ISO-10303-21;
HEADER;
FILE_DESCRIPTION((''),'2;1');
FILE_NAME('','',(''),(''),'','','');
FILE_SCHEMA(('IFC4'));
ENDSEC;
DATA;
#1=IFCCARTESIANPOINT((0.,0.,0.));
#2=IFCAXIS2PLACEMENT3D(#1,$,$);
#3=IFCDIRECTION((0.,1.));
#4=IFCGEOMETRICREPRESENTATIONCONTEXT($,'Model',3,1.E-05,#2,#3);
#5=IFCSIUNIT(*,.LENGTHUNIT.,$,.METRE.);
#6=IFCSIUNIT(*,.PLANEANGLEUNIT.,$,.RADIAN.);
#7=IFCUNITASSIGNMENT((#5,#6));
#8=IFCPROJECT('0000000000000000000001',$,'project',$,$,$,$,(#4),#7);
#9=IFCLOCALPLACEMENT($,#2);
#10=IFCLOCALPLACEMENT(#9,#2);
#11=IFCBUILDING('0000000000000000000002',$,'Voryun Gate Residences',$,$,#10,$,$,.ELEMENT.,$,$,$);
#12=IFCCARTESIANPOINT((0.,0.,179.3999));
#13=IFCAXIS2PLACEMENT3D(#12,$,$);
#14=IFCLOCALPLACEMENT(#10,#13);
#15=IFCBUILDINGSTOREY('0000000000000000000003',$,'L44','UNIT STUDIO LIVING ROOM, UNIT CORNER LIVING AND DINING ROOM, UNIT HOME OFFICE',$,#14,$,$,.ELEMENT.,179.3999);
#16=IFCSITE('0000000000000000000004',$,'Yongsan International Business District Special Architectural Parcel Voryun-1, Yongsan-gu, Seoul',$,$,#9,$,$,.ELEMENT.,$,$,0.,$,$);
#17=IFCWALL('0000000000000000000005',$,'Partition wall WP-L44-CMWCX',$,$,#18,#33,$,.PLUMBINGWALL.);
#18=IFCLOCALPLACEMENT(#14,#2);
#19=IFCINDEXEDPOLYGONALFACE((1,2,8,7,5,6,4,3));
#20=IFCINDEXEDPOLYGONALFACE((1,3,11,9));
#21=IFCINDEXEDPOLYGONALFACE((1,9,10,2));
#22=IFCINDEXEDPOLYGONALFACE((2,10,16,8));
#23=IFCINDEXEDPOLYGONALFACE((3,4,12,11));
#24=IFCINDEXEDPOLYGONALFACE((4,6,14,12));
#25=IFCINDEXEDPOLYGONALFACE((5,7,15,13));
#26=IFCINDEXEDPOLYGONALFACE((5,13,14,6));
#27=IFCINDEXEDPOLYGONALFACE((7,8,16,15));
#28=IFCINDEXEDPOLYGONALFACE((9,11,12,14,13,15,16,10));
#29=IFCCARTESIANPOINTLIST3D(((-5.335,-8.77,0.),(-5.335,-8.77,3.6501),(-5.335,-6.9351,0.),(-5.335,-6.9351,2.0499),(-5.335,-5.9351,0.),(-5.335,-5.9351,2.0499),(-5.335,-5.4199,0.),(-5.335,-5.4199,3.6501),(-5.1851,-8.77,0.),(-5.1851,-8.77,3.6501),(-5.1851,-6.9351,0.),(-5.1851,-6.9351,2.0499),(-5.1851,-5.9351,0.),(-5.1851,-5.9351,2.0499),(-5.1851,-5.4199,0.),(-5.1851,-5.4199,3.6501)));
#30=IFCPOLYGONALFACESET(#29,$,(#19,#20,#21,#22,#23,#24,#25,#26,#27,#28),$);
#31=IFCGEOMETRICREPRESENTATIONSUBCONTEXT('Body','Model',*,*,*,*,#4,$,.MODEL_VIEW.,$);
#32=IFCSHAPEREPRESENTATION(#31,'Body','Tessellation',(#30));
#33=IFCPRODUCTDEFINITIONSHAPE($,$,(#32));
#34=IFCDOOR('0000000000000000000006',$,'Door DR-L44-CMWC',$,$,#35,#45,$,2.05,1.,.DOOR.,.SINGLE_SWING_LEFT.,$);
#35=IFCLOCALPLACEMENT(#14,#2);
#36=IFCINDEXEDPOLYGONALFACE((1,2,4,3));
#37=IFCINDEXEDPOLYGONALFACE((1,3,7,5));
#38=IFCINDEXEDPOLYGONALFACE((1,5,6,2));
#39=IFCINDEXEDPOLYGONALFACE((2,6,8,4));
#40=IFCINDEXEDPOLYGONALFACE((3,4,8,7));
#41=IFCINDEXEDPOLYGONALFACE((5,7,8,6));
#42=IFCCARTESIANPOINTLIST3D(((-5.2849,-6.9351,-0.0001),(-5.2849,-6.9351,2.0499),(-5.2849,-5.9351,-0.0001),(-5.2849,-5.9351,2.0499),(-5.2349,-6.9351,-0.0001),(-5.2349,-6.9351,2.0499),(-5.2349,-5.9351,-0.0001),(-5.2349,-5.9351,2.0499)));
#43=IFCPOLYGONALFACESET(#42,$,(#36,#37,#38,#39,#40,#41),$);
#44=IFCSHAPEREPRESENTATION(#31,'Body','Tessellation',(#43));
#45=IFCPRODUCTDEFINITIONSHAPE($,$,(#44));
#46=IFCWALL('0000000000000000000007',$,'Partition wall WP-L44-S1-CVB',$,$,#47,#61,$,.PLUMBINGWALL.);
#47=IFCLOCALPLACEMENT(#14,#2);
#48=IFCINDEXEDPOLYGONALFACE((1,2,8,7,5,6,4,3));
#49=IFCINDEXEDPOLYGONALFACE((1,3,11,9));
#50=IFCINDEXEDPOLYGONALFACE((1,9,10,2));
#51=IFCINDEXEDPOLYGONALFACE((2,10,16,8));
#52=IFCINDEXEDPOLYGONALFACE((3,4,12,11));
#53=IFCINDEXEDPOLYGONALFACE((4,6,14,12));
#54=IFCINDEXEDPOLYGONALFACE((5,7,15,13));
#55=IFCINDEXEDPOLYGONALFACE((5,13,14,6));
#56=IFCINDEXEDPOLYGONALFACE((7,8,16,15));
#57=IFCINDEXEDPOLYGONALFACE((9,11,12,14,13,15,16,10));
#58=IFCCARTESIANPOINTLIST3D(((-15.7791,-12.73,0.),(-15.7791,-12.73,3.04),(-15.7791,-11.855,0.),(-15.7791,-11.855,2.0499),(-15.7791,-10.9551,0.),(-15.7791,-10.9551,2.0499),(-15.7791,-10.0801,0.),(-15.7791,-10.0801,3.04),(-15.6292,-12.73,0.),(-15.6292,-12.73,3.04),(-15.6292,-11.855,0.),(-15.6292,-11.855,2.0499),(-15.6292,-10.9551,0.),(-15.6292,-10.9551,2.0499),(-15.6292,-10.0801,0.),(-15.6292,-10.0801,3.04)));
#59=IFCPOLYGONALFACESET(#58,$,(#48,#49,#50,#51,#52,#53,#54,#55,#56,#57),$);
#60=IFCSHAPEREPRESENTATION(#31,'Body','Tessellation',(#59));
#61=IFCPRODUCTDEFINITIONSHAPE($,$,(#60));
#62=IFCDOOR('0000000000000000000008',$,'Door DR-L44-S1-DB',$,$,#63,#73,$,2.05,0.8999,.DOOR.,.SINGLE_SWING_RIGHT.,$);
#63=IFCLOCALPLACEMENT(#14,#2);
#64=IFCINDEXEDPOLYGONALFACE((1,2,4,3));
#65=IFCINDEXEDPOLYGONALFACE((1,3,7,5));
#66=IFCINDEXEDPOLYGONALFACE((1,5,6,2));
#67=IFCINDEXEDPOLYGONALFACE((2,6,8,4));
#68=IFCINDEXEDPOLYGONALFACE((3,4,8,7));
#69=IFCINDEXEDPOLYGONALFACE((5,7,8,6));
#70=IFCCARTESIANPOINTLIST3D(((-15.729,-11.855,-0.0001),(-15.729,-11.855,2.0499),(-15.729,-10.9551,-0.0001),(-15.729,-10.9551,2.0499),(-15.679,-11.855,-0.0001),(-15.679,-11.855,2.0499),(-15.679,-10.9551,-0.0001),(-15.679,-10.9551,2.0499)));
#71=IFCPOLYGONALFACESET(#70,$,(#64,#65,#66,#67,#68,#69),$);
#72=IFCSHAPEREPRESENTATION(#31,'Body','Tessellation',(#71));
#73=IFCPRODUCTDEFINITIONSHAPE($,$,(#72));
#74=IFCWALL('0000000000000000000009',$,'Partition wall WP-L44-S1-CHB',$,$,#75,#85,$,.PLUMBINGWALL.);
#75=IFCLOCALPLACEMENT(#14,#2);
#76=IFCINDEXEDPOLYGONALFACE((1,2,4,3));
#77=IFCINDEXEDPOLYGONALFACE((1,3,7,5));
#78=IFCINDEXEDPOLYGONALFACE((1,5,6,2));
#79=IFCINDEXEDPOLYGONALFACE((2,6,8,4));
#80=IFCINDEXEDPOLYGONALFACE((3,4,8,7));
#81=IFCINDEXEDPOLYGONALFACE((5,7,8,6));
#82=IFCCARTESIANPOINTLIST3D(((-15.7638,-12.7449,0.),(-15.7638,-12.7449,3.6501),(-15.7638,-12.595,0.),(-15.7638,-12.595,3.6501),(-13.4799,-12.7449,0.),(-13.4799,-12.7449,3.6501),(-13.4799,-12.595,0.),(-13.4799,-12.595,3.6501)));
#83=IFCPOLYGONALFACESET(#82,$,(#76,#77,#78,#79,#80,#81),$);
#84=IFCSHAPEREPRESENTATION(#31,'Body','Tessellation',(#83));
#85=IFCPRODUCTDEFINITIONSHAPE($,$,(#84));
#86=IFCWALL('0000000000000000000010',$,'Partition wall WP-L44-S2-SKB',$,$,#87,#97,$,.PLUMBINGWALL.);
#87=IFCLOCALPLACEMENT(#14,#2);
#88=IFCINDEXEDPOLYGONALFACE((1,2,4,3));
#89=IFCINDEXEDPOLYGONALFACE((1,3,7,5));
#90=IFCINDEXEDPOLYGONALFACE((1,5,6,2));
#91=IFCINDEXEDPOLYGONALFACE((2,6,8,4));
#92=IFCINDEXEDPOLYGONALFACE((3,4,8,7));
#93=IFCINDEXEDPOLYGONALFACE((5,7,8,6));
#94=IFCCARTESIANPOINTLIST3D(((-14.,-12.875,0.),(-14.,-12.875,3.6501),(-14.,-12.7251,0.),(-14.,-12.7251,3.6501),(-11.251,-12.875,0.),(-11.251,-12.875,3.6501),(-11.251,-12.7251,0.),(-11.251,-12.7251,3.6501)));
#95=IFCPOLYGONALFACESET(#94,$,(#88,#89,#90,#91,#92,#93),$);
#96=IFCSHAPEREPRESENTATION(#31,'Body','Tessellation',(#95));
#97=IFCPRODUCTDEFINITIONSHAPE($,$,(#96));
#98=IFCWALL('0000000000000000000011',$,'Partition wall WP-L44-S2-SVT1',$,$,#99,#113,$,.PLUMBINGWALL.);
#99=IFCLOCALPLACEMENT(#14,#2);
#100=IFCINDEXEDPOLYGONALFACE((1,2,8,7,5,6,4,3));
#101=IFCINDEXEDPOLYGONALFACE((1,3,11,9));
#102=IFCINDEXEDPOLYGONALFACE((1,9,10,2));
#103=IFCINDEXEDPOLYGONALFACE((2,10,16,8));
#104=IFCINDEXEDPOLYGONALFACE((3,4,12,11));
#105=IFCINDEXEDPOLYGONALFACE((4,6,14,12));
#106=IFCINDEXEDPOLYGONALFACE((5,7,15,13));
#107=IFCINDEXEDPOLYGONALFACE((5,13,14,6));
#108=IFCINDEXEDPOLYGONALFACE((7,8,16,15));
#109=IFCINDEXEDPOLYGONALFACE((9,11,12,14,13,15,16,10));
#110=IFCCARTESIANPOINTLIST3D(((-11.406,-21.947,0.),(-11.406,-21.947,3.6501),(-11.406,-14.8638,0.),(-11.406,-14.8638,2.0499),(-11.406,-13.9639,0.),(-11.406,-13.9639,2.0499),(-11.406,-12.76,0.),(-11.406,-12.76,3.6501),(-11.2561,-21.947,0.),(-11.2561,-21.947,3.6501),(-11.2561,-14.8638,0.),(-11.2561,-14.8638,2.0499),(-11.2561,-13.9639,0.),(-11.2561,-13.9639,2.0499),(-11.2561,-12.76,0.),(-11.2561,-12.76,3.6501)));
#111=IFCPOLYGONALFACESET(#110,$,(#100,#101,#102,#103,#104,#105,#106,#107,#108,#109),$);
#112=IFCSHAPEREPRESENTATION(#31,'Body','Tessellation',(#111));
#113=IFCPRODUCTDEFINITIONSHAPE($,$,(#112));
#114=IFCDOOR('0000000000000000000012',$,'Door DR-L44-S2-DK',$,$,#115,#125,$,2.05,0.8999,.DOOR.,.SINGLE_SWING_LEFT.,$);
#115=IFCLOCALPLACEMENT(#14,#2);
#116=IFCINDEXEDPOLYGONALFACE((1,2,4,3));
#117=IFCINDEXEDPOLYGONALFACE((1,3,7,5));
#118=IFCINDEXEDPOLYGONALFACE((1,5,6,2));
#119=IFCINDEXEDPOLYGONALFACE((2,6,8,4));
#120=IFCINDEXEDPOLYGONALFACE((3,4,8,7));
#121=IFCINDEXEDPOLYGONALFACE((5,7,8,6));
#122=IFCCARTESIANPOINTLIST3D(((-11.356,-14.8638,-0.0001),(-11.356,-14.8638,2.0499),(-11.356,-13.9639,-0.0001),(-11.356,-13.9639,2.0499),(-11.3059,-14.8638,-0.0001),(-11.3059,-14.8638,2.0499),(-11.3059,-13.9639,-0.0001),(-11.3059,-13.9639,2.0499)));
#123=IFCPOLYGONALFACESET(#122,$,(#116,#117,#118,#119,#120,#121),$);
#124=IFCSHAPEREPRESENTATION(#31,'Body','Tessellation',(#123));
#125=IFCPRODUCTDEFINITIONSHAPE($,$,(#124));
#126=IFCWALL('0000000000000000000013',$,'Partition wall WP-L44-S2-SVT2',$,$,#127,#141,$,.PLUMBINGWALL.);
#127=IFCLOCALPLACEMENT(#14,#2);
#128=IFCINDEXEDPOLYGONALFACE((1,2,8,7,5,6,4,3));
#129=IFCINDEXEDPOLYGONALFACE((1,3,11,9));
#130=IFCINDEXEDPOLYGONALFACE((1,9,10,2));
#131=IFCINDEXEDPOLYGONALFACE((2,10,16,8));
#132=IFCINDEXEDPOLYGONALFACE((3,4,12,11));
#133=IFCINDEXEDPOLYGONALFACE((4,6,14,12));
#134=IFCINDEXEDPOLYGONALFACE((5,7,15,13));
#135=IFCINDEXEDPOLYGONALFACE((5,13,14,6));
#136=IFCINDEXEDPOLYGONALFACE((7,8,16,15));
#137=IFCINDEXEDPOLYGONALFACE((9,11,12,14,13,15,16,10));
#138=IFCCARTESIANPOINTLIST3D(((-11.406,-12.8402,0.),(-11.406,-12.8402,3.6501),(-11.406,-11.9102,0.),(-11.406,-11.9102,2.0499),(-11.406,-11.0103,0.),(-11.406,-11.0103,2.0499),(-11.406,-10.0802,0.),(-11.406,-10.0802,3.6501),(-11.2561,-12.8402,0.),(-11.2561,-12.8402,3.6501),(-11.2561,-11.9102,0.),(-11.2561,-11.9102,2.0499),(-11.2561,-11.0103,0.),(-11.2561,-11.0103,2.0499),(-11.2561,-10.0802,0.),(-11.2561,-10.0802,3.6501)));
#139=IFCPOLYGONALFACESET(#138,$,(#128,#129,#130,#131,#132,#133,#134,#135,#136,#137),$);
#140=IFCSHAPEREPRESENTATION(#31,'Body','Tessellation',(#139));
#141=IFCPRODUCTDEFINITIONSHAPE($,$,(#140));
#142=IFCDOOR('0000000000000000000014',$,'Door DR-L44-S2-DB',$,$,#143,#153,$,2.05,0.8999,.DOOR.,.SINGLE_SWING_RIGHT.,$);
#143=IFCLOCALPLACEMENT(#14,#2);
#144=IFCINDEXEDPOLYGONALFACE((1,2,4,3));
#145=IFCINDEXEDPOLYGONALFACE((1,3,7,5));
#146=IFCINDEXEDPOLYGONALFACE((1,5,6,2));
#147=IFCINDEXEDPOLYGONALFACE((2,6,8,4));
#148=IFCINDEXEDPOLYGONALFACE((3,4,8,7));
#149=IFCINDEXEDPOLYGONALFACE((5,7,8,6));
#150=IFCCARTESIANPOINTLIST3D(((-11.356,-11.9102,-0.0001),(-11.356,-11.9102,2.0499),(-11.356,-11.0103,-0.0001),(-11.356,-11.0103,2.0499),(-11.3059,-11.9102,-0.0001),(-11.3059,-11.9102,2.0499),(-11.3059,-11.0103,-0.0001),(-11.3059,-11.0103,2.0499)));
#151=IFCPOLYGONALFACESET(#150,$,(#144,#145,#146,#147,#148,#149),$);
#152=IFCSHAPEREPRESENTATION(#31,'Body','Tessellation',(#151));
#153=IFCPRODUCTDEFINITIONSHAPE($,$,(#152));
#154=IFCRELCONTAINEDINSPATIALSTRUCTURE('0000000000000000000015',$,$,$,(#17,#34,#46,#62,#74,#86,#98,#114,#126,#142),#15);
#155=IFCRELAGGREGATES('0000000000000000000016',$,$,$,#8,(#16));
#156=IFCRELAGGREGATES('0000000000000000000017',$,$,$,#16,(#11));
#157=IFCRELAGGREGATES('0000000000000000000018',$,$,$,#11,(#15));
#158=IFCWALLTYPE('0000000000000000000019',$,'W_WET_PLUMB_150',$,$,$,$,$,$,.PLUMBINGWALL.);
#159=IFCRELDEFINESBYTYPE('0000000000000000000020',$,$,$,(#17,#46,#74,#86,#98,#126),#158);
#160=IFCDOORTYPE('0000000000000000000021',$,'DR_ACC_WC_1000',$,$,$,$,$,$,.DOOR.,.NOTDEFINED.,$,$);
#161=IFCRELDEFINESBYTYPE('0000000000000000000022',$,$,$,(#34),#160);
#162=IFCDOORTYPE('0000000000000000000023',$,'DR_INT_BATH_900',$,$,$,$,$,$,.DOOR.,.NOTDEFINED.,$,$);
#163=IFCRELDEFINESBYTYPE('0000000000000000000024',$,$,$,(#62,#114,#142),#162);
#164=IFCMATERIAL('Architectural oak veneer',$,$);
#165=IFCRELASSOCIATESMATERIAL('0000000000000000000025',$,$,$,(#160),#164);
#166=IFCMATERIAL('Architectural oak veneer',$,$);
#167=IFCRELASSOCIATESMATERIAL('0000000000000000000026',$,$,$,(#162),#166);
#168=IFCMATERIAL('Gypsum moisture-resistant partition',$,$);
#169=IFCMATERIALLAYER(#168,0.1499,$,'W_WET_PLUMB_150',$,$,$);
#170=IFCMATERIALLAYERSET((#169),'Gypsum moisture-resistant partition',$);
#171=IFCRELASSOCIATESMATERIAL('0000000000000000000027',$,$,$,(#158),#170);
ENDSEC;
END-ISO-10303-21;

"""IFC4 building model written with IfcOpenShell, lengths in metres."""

from ifc_helpers import new_model, si_unit, direction, frame, frame_2d, origin, place, context, subcontext, project, spatial, rectangle, extrude, material, layer, layer_set, type_object, element, fill, save


model = new_model("IFC4")

# Units and contexts
model_context = context("Model", 3, precision=1e-05, world=origin(), true_north=direction((0.0, 1.0)))
body_context = subcontext(model_context, "Body", "Model", "MODEL_VIEW")
ifc_project = project(units=[si_unit("LENGTHUNIT", "METRE"), si_unit("PLANEANGLEUNIT", "RADIAN")], contexts=[model_context])

# Site, building, storey
site_placement = place(None, origin())
site = spatial("IfcSite", under=ifc_project, at=site_placement, Name="Yongsan International Business District Special Architectural Parcel Voryun-1, Yongsan-gu, Seoul", CompositionType="ELEMENT", RefElevation=0.0)
building_placement = place(site_placement, origin())
building = spatial("IfcBuilding", under=site, at=building_placement, Name="Voryun Gate Residences", CompositionType="ELEMENT")
storey_placement = place(building_placement, frame((0.0, 0.0, 179.3999)))
storey = spatial("IfcBuildingStorey", under=building, at=storey_placement, Name="L44", Description="UNIT STUDIO LIVING ROOM, UNIT CORNER LIVING AND DINING ROOM, UNIT HOME OFFICE", CompositionType="ELEMENT", Elevation=179.3999)

# Shared definitions
ifc_material_1 = material(Name="Architectural oak veneer")
door_type_1 = type_object("IfcDoorType", Name="DR_ACC_WC_1000", OperationType="NOTDEFINED", PredefinedType="DOOR", material=ifc_material_1)
ifc_material_2 = material(Name="Architectural oak veneer")
door_type_2 = type_object("IfcDoorType", Name="DR_INT_BATH_900", OperationType="NOTDEFINED", PredefinedType="DOOR", material=ifc_material_2)

# Walls, openings, doors
ifc_material_3 = material(Name="Gypsum moisture-resistant partition")
ifc_layer_1 = layer(ifc_material_3, 0.1499, Name="W_WET_PLUMB_150")
ifc_layer_set_1 = layer_set([ifc_layer_1], Name="Gypsum moisture-resistant partition")
wall_type_1 = type_object("IfcWallType", Name="W_WET_PLUMB_150", PredefinedType="PLUMBINGWALL", material=ifc_layer_set_1)
wall_1_placement = place(storey_placement, frame((-5.26, -8.77, 0.0), z_axis=(0.0, 0.0, 1.0), x_axis=(0.0, 1.0, 0.0)))
wall_1 = element("IfcWall", 1, at=wall_1_placement, inside=storey, type_object=wall_type_1, Name="Partition wall WP-L44-CMWCX", PredefinedType="PLUMBINGWALL", context=body_context, shape_type="SweptSolid", body=[
    extrude(rectangle(XDim=3.3501, YDim=0.1499, at=frame_2d((1.675, 0.0))), origin(), (0.0, 0.0, 1.0), 3.6501),
])
opening_1_placement = place(wall_1_placement, frame((1.835, 0.0, 0.0)))
opening_1 = element("IfcOpeningElement", 2, at=opening_1_placement, cuts=wall_1, PredefinedType="OPENING", context=body_context, shape_type="SweptSolid", body=[
    extrude(rectangle(XDim=1.0, YDim=2.05, at=frame_2d((0.5, 1.0249))), frame((0.0, 0.085, 0.0), z_axis=(0.0, -1.0, 0.0), x_axis=(1.0, 0.0, 0.0)), (0.0, 0.0, 1.0), 0.1699),
])
door_1_placement = place(opening_1_placement, origin())
door_1 = element("IfcDoor", 3, at=door_1_placement, inside=storey, type_object=door_type_1, Name="Door DR-L44-CMWC", OperationType="SINGLE_SWING_LEFT", OverallHeight=2.05, OverallWidth=1.0, PredefinedType="DOOR", context=body_context, shape_type="SweptSolid", body=[
    extrude(rectangle(XDim=1.0, YDim=2.05, at=frame_2d((0.5, 1.0249))), frame((0.0, 0.0249, 0.0), z_axis=(0.0, -1.0, 0.0), x_axis=(1.0, 0.0, 0.0)), (0.0, 0.0, 1.0), 0.05),
])
fill(opening_1, door_1)
wall_2_placement = place(storey_placement, frame((-15.7041, -12.73, 0.0), z_axis=(0.0, 0.0, 1.0), x_axis=(0.0, 1.0, 0.0)))
wall_2 = element("IfcWall", 4, at=wall_2_placement, inside=storey, type_object=wall_type_1, Name="Partition wall WP-L44-S1-CVB", PredefinedType="PLUMBINGWALL", context=body_context, shape_type="SweptSolid", body=[
    extrude(rectangle(XDim=2.6499, YDim=0.1499, at=frame_2d((1.325, 0.0))), origin(), (0.0, 0.0, 1.0), 3.04),
])
opening_2_placement = place(wall_2_placement, frame((0.875, 0.0, 0.0)))
opening_2 = element("IfcOpeningElement", 5, at=opening_2_placement, cuts=wall_2, PredefinedType="OPENING", context=body_context, shape_type="SweptSolid", body=[
    extrude(rectangle(XDim=0.8999, YDim=2.05, at=frame_2d((0.45, 1.0249))), frame((0.0, 0.085, 0.0), z_axis=(0.0, -1.0, 0.0), x_axis=(1.0, 0.0, 0.0)), (0.0, 0.0, 1.0), 0.1699),
])
door_2_placement = place(opening_2_placement, origin())
door_2 = element("IfcDoor", 6, at=door_2_placement, inside=storey, type_object=door_type_2, Name="Door DR-L44-S1-DB", OperationType="SINGLE_SWING_RIGHT", OverallHeight=2.05, OverallWidth=0.8999, PredefinedType="DOOR", context=body_context, shape_type="SweptSolid", body=[
    extrude(rectangle(XDim=0.8999, YDim=2.05, at=frame_2d((0.45, 1.0249))), frame((0.0, 0.0249, 0.0), z_axis=(0.0, -1.0, 0.0), x_axis=(1.0, 0.0, 0.0)), (0.0, 0.0, 1.0), 0.05),
])
fill(opening_2, door_2)

# Walls
wall_3_placement = place(storey_placement, frame((-15.7639, -12.6699, 0.0), z_axis=(0.0, 0.0, 1.0), x_axis=(1.0, 0.0, 0.0)))
element("IfcWall", 7, at=wall_3_placement, inside=storey, type_object=wall_type_1, Name="Partition wall WP-L44-S1-CHB", PredefinedType="PLUMBINGWALL", context=body_context, shape_type="SweptSolid", body=[
    extrude(rectangle(XDim=2.2839, YDim=0.1499, at=frame_2d((1.1421, 0.0))), origin(), (0.0, 0.0, 1.0), 3.6501),
])
wall_4_placement = place(storey_placement, frame((-14.0, -12.8, 0.0), z_axis=(0.0, 0.0, 1.0), x_axis=(1.0, 0.0, 0.0)))
element("IfcWall", 8, at=wall_4_placement, inside=storey, type_object=wall_type_1, Name="Partition wall WP-L44-S2-SKB", PredefinedType="PLUMBINGWALL", context=body_context, shape_type="SweptSolid", body=[
    extrude(rectangle(XDim=2.749, YDim=0.1499, at=frame_2d((1.3745, 0.0))), origin(), (0.0, 0.0, 1.0), 3.6501),
])

# Walls, openings, doors
wall_5_placement = place(storey_placement, frame((-11.3311, -21.947, 0.0), z_axis=(0.0, 0.0, 1.0), x_axis=(0.0, 1.0, 0.0)))
wall_5 = element("IfcWall", 9, at=wall_5_placement, inside=storey, type_object=wall_type_1, Name="Partition wall WP-L44-S2-SVT1", PredefinedType="PLUMBINGWALL", context=body_context, shape_type="SweptSolid", body=[
    extrude(rectangle(XDim=9.187, YDim=0.1499, at=frame_2d((4.5935, 0.0))), origin(), (0.0, 0.0, 1.0), 3.6501),
])
opening_3_placement = place(wall_5_placement, frame((7.0833, 0.0, 0.0)))
opening_3 = element("IfcOpeningElement", 10, at=opening_3_placement, cuts=wall_5, PredefinedType="OPENING", context=body_context, shape_type="SweptSolid", body=[
    extrude(rectangle(XDim=0.8999, YDim=2.05, at=frame_2d((0.45, 1.0249))), frame((0.0, 0.085, 0.0), z_axis=(0.0, -1.0, 0.0), x_axis=(1.0, 0.0, 0.0)), (0.0, 0.0, 1.0), 0.1699),
])
door_3_placement = place(opening_3_placement, origin())
door_3 = element("IfcDoor", 11, at=door_3_placement, inside=storey, type_object=door_type_2, Name="Door DR-L44-S2-DK", OperationType="SINGLE_SWING_LEFT", OverallHeight=2.05, OverallWidth=0.8999, PredefinedType="DOOR", context=body_context, shape_type="SweptSolid", body=[
    extrude(rectangle(XDim=0.8999, YDim=2.05, at=frame_2d((0.45, 1.0249))), frame((0.0, 0.0249, 0.0), z_axis=(0.0, -1.0, 0.0), x_axis=(1.0, 0.0, 0.0)), (0.0, 0.0, 1.0), 0.05),
])
fill(opening_3, door_3)
wall_6_placement = place(storey_placement, frame((-11.3311, -12.8401, 0.0), z_axis=(0.0, 0.0, 1.0), x_axis=(0.0, 1.0, 0.0)))
wall_6 = element("IfcWall", 12, at=wall_6_placement, inside=storey, type_object=wall_type_1, Name="Partition wall WP-L44-S2-SVT2", PredefinedType="PLUMBINGWALL", context=body_context, shape_type="SweptSolid", body=[
    extrude(rectangle(XDim=2.76, YDim=0.1499, at=frame_2d((1.3799, 0.0))), origin(), (0.0, 0.0, 1.0), 3.6501),
])
opening_4_placement = place(wall_6_placement, frame((0.9299, 0.0, 0.0)))
opening_4 = element("IfcOpeningElement", 13, at=opening_4_placement, cuts=wall_6, PredefinedType="OPENING", context=body_context, shape_type="SweptSolid", body=[
    extrude(rectangle(XDim=0.8999, YDim=2.05, at=frame_2d((0.45, 1.0249))), frame((0.0, 0.085, 0.0), z_axis=(0.0, -1.0, 0.0), x_axis=(1.0, 0.0, 0.0)), (0.0, 0.0, 1.0), 0.1699),
])
door_4_placement = place(opening_4_placement, origin())
door_4 = element("IfcDoor", 14, at=door_4_placement, inside=storey, type_object=door_type_2, Name="Door DR-L44-S2-DB", OperationType="SINGLE_SWING_RIGHT", OverallHeight=2.05, OverallWidth=0.8999, PredefinedType="DOOR", context=body_context, shape_type="SweptSolid", body=[
    extrude(rectangle(XDim=0.8999, YDim=2.05, at=frame_2d((0.45, 1.0249))), frame((0.0, 0.0249, 0.0), z_axis=(0.0, -1.0, 0.0), x_axis=(1.0, 0.0, 0.0)), (0.0, 0.0, 1.0), 0.05),
])
fill(opening_4, door_4)

save(model, "model.ifc")
